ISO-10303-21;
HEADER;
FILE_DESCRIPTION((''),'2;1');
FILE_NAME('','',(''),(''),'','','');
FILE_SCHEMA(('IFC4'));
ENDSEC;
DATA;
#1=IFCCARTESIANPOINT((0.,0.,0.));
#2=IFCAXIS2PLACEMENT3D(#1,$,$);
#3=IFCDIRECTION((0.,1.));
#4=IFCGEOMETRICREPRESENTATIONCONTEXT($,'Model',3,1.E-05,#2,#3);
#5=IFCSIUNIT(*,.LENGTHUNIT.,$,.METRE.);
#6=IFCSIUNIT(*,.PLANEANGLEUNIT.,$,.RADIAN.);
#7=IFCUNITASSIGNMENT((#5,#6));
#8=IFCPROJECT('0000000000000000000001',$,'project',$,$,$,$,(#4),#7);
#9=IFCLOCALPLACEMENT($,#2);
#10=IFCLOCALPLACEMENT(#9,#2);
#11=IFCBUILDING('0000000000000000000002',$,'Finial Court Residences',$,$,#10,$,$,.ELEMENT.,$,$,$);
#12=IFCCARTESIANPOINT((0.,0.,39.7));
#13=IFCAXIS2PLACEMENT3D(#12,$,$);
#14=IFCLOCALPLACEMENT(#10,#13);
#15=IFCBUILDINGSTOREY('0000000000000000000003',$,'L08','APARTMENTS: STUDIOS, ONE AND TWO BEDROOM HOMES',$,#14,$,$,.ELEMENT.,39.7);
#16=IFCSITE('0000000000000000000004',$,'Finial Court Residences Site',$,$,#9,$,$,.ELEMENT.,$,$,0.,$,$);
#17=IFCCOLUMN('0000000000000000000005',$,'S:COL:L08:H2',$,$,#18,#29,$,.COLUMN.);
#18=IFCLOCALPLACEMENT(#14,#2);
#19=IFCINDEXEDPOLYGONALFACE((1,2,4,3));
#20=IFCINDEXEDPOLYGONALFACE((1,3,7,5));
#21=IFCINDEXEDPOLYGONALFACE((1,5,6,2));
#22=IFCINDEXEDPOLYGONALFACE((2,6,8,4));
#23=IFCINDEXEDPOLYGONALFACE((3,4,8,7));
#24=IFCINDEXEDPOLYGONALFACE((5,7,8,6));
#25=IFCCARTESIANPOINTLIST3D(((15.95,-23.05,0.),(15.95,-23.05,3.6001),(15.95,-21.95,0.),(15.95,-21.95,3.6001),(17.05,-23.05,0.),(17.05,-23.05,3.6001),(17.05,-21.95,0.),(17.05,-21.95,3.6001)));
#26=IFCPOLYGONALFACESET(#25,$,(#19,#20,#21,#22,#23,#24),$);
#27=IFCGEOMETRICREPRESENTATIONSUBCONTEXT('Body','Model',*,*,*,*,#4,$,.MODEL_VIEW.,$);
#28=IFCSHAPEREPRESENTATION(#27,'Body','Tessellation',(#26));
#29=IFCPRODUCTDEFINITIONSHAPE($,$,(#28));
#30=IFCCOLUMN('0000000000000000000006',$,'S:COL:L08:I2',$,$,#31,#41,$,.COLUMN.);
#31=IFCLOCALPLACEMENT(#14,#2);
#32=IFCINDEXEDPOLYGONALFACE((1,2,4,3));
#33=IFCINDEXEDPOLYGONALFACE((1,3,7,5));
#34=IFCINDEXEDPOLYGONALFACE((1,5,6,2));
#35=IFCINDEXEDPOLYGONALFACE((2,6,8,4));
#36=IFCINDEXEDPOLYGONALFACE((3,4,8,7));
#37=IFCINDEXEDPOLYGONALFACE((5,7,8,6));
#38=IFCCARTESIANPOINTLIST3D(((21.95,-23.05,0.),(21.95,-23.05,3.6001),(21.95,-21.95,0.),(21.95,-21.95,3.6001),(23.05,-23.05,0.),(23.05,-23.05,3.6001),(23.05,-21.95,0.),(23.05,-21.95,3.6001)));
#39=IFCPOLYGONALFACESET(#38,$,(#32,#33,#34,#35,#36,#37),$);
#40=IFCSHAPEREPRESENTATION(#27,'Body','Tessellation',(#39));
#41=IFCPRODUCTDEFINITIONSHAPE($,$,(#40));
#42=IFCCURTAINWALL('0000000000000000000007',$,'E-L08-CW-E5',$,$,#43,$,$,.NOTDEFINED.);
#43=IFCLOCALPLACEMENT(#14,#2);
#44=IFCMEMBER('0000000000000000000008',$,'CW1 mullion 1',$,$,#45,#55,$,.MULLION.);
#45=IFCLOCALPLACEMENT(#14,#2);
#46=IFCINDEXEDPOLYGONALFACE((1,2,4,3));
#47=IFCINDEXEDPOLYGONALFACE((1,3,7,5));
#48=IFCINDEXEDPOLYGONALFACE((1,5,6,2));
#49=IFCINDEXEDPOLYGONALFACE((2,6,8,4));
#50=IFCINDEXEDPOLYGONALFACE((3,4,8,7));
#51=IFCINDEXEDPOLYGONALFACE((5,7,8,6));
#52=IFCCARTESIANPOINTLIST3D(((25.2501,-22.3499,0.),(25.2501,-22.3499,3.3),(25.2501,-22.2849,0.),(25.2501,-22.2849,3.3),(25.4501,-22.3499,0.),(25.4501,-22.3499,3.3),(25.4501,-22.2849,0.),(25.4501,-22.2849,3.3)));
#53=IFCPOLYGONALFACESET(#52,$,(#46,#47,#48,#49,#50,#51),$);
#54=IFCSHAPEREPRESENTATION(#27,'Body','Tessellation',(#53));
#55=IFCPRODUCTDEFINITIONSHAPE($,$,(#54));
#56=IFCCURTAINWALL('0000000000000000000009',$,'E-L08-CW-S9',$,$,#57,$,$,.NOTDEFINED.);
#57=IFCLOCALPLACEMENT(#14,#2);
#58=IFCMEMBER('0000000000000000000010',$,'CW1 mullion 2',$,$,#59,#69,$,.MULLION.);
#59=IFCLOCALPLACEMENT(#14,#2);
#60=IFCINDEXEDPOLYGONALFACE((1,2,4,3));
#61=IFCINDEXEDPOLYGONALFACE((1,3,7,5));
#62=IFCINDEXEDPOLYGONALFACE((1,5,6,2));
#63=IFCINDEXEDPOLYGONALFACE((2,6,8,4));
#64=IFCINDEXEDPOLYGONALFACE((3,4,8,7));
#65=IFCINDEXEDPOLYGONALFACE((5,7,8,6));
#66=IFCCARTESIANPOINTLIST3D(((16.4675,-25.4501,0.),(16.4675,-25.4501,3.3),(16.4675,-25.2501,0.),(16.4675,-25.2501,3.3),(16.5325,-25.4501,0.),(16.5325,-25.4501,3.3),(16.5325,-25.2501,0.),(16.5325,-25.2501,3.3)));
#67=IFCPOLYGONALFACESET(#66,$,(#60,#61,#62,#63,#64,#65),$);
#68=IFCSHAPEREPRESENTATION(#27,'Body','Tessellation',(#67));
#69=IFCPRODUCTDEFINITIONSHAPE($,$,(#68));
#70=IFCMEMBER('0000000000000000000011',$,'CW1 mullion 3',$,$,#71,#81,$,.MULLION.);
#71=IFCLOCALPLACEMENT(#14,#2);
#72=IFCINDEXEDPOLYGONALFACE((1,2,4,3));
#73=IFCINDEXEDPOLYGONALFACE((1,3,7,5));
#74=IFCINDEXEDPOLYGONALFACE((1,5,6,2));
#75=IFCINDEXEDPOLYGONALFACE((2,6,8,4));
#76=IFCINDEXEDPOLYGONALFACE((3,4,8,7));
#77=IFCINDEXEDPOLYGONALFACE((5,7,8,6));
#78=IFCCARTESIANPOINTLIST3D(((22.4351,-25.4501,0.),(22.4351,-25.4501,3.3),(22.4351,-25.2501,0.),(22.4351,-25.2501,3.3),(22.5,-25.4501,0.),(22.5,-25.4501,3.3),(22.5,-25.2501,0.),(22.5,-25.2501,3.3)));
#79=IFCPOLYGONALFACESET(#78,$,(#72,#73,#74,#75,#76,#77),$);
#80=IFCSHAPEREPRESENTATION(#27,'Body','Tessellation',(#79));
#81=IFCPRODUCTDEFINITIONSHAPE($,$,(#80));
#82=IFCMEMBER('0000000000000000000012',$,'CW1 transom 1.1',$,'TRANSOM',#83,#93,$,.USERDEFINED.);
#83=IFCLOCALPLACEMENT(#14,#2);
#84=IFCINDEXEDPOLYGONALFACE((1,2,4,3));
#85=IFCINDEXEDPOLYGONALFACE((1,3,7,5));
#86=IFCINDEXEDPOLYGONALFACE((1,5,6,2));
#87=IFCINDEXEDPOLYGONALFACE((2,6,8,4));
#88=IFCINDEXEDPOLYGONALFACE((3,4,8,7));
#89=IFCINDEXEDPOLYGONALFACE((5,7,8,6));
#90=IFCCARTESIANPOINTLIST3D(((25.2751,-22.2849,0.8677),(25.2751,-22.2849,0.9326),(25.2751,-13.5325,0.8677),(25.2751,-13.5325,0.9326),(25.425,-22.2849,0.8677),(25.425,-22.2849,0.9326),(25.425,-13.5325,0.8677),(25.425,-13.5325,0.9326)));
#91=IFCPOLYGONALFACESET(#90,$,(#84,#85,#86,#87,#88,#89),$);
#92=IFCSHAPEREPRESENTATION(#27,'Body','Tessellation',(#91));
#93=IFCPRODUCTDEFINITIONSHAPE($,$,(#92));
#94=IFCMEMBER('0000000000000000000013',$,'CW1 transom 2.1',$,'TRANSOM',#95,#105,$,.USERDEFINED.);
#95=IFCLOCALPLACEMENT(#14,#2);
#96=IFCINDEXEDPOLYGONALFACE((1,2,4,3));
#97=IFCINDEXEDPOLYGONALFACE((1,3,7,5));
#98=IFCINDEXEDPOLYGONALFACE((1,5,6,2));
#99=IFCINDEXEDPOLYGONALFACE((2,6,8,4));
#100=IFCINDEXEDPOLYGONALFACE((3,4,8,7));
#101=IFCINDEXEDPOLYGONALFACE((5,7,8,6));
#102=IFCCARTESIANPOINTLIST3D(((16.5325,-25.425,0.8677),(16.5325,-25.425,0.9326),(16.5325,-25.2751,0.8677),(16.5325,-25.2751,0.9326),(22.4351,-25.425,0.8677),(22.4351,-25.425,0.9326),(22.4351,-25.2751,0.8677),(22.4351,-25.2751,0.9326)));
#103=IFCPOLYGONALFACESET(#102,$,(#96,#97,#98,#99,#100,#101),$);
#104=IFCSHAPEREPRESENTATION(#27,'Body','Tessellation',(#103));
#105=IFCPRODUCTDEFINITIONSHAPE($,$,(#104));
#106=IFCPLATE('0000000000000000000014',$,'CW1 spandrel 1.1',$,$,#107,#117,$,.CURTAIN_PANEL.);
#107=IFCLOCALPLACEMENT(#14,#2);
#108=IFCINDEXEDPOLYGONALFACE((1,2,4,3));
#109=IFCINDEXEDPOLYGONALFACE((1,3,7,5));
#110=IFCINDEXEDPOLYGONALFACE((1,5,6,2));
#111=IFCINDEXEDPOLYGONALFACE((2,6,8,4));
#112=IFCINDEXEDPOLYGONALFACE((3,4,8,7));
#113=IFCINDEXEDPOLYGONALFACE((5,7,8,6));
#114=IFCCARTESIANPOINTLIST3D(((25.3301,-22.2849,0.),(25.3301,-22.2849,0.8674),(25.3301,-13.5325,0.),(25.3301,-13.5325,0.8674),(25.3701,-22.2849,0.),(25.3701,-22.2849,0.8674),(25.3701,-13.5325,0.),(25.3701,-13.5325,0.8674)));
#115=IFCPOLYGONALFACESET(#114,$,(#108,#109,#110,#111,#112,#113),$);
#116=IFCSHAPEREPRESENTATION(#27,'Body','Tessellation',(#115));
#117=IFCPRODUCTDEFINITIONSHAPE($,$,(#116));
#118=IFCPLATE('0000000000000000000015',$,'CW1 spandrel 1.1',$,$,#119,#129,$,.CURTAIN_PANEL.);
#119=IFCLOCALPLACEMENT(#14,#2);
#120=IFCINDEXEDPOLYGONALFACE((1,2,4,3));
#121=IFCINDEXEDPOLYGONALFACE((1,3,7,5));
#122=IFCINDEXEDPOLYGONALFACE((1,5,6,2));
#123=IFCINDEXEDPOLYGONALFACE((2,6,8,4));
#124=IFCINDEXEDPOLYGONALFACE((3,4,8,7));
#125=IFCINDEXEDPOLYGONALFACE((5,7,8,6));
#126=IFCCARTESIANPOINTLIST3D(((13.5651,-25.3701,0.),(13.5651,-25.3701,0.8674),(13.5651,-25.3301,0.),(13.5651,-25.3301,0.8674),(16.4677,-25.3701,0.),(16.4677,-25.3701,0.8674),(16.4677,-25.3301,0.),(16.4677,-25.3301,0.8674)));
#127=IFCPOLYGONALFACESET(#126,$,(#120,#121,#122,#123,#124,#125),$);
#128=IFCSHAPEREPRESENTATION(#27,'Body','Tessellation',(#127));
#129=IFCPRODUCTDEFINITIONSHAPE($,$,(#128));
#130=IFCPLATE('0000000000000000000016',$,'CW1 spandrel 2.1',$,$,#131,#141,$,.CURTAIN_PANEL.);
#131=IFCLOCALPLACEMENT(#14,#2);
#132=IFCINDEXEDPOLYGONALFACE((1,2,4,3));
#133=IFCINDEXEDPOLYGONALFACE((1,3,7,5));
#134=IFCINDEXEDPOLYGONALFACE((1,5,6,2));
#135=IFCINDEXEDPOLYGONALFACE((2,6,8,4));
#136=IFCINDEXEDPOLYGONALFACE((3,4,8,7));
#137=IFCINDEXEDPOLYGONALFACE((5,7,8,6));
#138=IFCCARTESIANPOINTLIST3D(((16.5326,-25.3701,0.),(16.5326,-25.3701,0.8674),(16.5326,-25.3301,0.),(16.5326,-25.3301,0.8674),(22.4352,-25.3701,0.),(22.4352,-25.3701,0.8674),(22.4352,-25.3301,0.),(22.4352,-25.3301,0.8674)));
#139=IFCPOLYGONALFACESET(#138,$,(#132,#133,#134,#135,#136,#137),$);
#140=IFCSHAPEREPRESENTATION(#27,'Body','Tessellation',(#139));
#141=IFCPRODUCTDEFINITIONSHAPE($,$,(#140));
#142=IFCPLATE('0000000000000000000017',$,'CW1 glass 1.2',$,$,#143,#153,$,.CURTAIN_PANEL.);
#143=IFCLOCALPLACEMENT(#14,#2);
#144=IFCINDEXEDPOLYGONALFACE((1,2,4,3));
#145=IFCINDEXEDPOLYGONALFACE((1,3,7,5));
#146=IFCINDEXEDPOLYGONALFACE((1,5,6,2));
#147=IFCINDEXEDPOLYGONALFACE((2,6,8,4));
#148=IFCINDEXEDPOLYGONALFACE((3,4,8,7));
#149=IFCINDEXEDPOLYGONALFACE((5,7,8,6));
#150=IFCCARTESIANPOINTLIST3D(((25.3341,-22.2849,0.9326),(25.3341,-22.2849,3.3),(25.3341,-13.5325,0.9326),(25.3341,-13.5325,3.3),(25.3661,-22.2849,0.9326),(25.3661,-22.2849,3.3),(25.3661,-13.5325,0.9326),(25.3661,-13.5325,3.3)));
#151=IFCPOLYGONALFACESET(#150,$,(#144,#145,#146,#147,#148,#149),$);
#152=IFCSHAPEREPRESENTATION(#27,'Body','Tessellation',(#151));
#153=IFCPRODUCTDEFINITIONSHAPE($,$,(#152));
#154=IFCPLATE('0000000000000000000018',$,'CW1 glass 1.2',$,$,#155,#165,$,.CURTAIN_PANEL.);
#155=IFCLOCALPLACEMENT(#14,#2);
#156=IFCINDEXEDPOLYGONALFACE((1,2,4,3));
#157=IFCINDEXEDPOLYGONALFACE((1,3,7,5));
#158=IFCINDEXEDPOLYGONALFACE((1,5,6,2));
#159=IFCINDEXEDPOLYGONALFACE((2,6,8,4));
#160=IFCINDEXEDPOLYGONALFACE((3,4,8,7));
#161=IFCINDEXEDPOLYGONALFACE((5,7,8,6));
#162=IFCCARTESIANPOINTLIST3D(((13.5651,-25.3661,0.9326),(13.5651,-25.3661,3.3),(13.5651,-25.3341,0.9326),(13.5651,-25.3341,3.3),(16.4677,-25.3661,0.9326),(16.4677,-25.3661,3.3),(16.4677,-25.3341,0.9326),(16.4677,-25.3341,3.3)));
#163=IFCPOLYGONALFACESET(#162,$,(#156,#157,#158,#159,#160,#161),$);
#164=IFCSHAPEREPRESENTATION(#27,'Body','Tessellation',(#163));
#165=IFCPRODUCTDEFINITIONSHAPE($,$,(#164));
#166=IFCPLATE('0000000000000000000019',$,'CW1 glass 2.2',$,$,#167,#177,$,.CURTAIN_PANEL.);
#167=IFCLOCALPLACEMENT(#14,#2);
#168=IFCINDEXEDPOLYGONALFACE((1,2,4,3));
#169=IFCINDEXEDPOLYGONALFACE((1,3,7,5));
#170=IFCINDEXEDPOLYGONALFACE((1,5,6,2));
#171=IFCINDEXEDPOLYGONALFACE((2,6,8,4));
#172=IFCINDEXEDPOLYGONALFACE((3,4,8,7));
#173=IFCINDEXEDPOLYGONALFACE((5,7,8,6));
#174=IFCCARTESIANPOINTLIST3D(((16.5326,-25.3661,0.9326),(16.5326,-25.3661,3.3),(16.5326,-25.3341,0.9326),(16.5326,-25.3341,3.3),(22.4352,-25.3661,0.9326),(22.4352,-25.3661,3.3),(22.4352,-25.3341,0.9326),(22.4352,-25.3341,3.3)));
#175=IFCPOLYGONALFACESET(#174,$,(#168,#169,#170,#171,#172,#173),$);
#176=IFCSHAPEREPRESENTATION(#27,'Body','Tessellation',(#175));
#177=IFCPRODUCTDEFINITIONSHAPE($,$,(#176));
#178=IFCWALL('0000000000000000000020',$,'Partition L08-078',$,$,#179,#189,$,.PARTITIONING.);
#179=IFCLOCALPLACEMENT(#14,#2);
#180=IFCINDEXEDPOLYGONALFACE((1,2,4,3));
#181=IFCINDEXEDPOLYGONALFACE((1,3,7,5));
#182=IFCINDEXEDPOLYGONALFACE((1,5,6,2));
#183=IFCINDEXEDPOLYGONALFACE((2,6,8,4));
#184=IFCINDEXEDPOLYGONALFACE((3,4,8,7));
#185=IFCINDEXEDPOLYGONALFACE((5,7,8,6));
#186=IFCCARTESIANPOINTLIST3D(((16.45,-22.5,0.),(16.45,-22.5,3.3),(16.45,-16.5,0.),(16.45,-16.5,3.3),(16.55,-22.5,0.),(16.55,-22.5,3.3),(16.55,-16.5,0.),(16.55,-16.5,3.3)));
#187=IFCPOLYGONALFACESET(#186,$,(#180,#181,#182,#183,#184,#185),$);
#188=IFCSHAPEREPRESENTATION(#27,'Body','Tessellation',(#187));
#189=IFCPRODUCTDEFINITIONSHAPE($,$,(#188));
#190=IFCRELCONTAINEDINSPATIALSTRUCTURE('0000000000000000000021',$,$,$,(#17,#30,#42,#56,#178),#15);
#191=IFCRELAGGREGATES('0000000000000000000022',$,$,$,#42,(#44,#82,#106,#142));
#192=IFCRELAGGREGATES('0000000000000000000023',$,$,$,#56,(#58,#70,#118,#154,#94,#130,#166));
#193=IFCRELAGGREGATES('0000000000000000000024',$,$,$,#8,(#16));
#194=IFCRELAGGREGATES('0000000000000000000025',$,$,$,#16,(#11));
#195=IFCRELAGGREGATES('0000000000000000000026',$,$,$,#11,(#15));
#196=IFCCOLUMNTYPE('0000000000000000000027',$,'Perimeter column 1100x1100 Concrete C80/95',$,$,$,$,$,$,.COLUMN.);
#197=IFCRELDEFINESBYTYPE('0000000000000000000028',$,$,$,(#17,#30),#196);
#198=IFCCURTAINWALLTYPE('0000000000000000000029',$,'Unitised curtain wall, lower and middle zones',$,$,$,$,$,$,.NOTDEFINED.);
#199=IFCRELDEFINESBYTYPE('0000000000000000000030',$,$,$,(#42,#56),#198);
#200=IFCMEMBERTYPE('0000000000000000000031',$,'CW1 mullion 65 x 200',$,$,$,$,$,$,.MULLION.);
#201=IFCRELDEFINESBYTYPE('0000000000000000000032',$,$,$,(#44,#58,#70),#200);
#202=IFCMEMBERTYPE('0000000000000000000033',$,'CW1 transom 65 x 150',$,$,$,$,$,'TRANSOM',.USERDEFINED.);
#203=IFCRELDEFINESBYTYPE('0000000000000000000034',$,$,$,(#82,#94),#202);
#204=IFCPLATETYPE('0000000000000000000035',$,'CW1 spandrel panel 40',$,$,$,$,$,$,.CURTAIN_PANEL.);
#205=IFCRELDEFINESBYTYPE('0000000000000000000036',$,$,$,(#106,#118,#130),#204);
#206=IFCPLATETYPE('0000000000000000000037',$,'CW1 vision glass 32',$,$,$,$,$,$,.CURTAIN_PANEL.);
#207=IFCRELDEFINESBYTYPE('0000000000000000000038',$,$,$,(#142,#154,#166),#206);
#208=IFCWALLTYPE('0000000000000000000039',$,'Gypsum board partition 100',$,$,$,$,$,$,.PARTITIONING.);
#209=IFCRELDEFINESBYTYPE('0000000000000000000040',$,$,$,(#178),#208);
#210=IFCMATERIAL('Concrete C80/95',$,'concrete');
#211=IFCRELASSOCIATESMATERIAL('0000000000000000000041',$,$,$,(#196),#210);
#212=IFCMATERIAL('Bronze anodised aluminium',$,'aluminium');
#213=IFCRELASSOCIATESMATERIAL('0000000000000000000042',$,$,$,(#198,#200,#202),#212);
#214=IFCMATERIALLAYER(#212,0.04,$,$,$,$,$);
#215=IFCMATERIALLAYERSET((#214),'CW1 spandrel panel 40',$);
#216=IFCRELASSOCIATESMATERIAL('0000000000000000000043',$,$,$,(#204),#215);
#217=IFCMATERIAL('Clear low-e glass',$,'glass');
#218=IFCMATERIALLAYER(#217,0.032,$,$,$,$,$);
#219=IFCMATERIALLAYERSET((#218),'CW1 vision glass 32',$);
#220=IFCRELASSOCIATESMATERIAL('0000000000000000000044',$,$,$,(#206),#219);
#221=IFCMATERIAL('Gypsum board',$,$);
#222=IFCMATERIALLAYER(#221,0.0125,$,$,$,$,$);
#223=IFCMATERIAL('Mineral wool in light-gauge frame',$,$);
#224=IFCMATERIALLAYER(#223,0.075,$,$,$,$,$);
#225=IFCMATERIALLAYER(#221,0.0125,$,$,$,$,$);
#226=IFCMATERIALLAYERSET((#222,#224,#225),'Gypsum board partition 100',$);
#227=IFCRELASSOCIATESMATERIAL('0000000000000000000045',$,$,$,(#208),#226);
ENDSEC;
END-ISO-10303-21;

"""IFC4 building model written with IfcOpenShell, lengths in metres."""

from ifc_helpers import new_model, si_unit, direction, frame, frame_2d, origin, origin_2d, place, context, subcontext, project, spatial, rectangle, extrude, material, layer, layer_set, material_profile, profile_set, type_object, element, aggregate, save


model = new_model("IFC4")

# Units and contexts
model_context = context("Model", 3, precision=1e-05, world=origin(), true_north=direction((0.0, 1.0)))
body_context = subcontext(model_context, "Body", "Model", "MODEL_VIEW")
ifc_project = project(units=[si_unit("LENGTHUNIT", "METRE"), si_unit("PLANEANGLEUNIT", "RADIAN")], contexts=[model_context])

# Site, building, storey
site_placement = place(None, origin())
site = spatial("IfcSite", under=ifc_project, at=site_placement, Name="Finial Court Residences Site", CompositionType="ELEMENT", RefElevation=0.0)
building_placement = place(site_placement, origin())
building = spatial("IfcBuilding", under=site, at=building_placement, Name="Finial Court Residences", CompositionType="ELEMENT")
storey_placement = place(building_placement, frame((0.0, 0.0, 39.7)))
storey = spatial("IfcBuildingStorey", under=building, at=storey_placement, Name="L08", Description="APARTMENTS: STUDIOS, ONE AND TWO BEDROOM HOMES", CompositionType="ELEMENT", Elevation=39.7)

# Columns
ifc_material_1 = material(Name="Concrete C80/95", Category="concrete")
ifc_material_profile_1 = material_profile(ifc_material_1, rectangle(XDim=1.1001, YDim=1.1001, at=origin_2d()), Name="1100x1100")
ifc_profile_set_1 = profile_set([ifc_material_profile_1], Name="Concrete C80/95")
column_type = type_object("IfcColumnType", Name="Perimeter column 1100x1100 Concrete C80/95", PredefinedType="COLUMN", material=ifc_profile_set_1)
for number, where, z_axis, x_axis, name in (
    (1, (16.5, -22.5, 0.0), (0.0, 0.0, 1.0), (1.0, 0.0, 0.0), "S:COL:L08:H2"),
    (2, (22.5, -22.5, 0.0), (0.0, 0.0, 1.0), (1.0, 0.0, 0.0), "S:COL:L08:I2"),
):
    element("IfcColumn", number, at=place(storey_placement, frame(where, z_axis=z_axis, x_axis=x_axis)), inside=storey, type_object=column_type, Name=name, PredefinedType="COLUMN", context=body_context, shape_type="SweptSolid", body=[
        extrude(rectangle(XDim=1.1001, YDim=1.1001, at=origin_2d()), origin(), (0.0, 0.0, 1.0), 3.6001),
    ])

# Curtain wall, member
ifc_material_2 = material(Name="Bronze anodised aluminium", Category="aluminium")
curtain_wall_type = type_object("IfcCurtainWallType", Name="Unitised curtain wall, lower and middle zones", PredefinedType="NOTDEFINED", material=ifc_material_2)
curtain_wall_1_placement = place(storey_placement, origin())
curtain_wall_1 = element("IfcCurtainWall", 3, at=curtain_wall_1_placement, inside=storey, type_object=curtain_wall_type, Name="E-L08-CW-E5", PredefinedType="NOTDEFINED")
ifc_material_profile_2 = material_profile(ifc_material_2, rectangle(XDim=0.2, YDim=0.0649, at=origin_2d()), Name="CW1 mullion 65 x 200")
ifc_profile_set_2 = profile_set([ifc_material_profile_2], Name="Bronze anodised aluminium")
member_type_1 = type_object("IfcMemberType", Name="CW1 mullion 65 x 200", PredefinedType="MULLION", material=ifc_profile_set_2)
member_1_placement = place(storey_placement, frame((25.3501, -22.3174, 0.0), z_axis=(0.0, 0.0, 1.0), x_axis=(-1.0, 0.0, 0.0)))
member_1 = element("IfcMember", 4, at=member_1_placement, type_object=member_type_1, Name="CW1 mullion 1", PredefinedType="MULLION", context=body_context, shape_type="SweptSolid", body=[
    extrude(rectangle(XDim=0.2, YDim=0.0649, at=origin_2d()), origin(), (0.0, 0.0, 1.0), 3.3),
])

# Curtain wall, members
curtain_wall_2_placement = place(storey_placement, origin())
curtain_wall_2 = element("IfcCurtainWall", 5, at=curtain_wall_2_placement, inside=storey, type_object=curtain_wall_type, Name="E-L08-CW-S9", PredefinedType="NOTDEFINED")
member_2_placement = place(storey_placement, frame((16.5, -25.3501, 0.0), z_axis=(0.0, 0.0, 1.0), x_axis=(0.0, 1.0, 0.0)))
member_2 = element("IfcMember", 6, at=member_2_placement, type_object=member_type_1, Name="CW1 mullion 2", PredefinedType="MULLION", context=body_context, shape_type="SweptSolid", body=[
    extrude(rectangle(XDim=0.2, YDim=0.0649, at=origin_2d()), origin(), (0.0, 0.0, 1.0), 3.3),
])
member_3_placement = place(storey_placement, frame((22.4675, -25.3501, 0.0), z_axis=(0.0, 0.0, 1.0), x_axis=(0.0, 1.0, 0.0)))
member_3 = element("IfcMember", 7, at=member_3_placement, type_object=member_type_1, Name="CW1 mullion 3", PredefinedType="MULLION", context=body_context, shape_type="SweptSolid", body=[
    extrude(rectangle(XDim=0.2, YDim=0.0649, at=origin_2d()), origin(), (0.0, 0.0, 1.0), 3.3),
])

# Members
ifc_material_profile_3 = material_profile(ifc_material_2, rectangle(XDim=0.1499, YDim=0.0649, at=origin_2d()), Name="CW1 transom 65 x 150")
ifc_profile_set_3 = profile_set([ifc_material_profile_3], Name="Bronze anodised aluminium")
member_type_2 = type_object("IfcMemberType", Name="CW1 transom 65 x 150", ElementType="TRANSOM", PredefinedType="USERDEFINED", material=ifc_profile_set_3)
member_4_placement = place(storey_placement, frame((25.3501, -22.2849, 0.9001), z_axis=(0.0, 1.0, 0.0), x_axis=(-1.0, 0.0, 0.0)))
member_4 = element("IfcMember", 8, at=member_4_placement, type_object=member_type_2, Name="CW1 transom 1.1", ObjectType="TRANSOM", PredefinedType="USERDEFINED", context=body_context, shape_type="SweptSolid", body=[
    extrude(rectangle(XDim=0.1499, YDim=0.0649, at=origin_2d()), origin(), (0.0, 0.0, 1.0), 8.7524),
])
member_5_placement = place(storey_placement, frame((16.5325, -25.3501, 0.9001), z_axis=(1.0, 0.0, 0.0), x_axis=(0.0, 1.0, 0.0)))
member_5 = element("IfcMember", 9, at=member_5_placement, type_object=member_type_2, Name="CW1 transom 2.1", ObjectType="TRANSOM", PredefinedType="USERDEFINED", context=body_context, shape_type="SweptSolid", body=[
    extrude(rectangle(XDim=0.1499, YDim=0.0649, at=origin_2d()), origin(), (0.0, 0.0, 1.0), 5.9026),
])

# Plates
ifc_layer_1 = layer(ifc_material_2, 0.04)
ifc_layer_set_1 = layer_set([ifc_layer_1], Name="CW1 spandrel panel 40")
plate_type_1 = type_object("IfcPlateType", Name="CW1 spandrel panel 40", PredefinedType="CURTAIN_PANEL", material=ifc_layer_set_1)
plate_1_placement = place(storey_placement, frame((25.3501, -17.9087, 0.0), z_axis=(0.0, 0.0, 1.0), x_axis=(0.0, 1.0, 0.0)))
plate_1 = element("IfcPlate", 10, at=plate_1_placement, type_object=plate_type_1, Name="CW1 spandrel 1.1", PredefinedType="CURTAIN_PANEL", context=body_context, shape_type="SweptSolid", body=[
    extrude(rectangle(XDim=8.7524, YDim=0.04, at=origin_2d()), origin(), (0.0, 0.0, 1.0), 0.8674),
])
plate_2_placement = place(storey_placement, frame((15.0164, -25.3501, 0.0), z_axis=(0.0, 0.0, 1.0), x_axis=(1.0, 0.0, 0.0)))
plate_2 = element("IfcPlate", 11, at=plate_2_placement, type_object=plate_type_1, Name="CW1 spandrel 1.1", PredefinedType="CURTAIN_PANEL", context=body_context, shape_type="SweptSolid", body=[
    extrude(rectangle(XDim=2.9026, YDim=0.04, at=origin_2d()), origin(), (0.0, 0.0, 1.0), 0.8674),
])
plate_3_placement = place(storey_placement, frame((19.4839, -25.3501, 0.0), z_axis=(0.0, 0.0, 1.0), x_axis=(1.0, 0.0, 0.0)))
plate_3 = element("IfcPlate", 12, at=plate_3_placement, type_object=plate_type_1, Name="CW1 spandrel 2.1", PredefinedType="CURTAIN_PANEL", context=body_context, shape_type="SweptSolid", body=[
    extrude(rectangle(XDim=5.9026, YDim=0.04, at=origin_2d()), origin(), (0.0, 0.0, 1.0), 0.8674),
])
ifc_material_3 = material(Name="Clear low-e glass", Category="glass")
ifc_layer_2 = layer(ifc_material_3, 0.032)
ifc_layer_set_2 = layer_set([ifc_layer_2], Name="CW1 vision glass 32")
plate_type_2 = type_object("IfcPlateType", Name="CW1 vision glass 32", PredefinedType="CURTAIN_PANEL", material=ifc_layer_set_2)
plate_4_placement = place(storey_placement, frame((25.3501, -17.9087, 0.9326), z_axis=(0.0, 0.0, 1.0), x_axis=(0.0, 1.0, 0.0)))
plate_4 = element("IfcPlate", 13, at=plate_4_placement, type_object=plate_type_2, Name="CW1 glass 1.2", PredefinedType="CURTAIN_PANEL", context=body_context, shape_type="SweptSolid", body=[
    extrude(rectangle(XDim=8.7524, YDim=0.032, at=origin_2d()), origin(), (0.0, 0.0, 1.0), 2.3674),
])
aggregate(curtain_wall_1, [member_1, member_4, plate_1, plate_4])
plate_5_placement = place(storey_placement, frame((15.0164, -25.3501, 0.9326), z_axis=(0.0, 0.0, 1.0), x_axis=(1.0, 0.0, 0.0)))
plate_5 = element("IfcPlate", 14, at=plate_5_placement, type_object=plate_type_2, Name="CW1 glass 1.2", PredefinedType="CURTAIN_PANEL", context=body_context, shape_type="SweptSolid", body=[
    extrude(rectangle(XDim=2.9026, YDim=0.032, at=origin_2d()), origin(), (0.0, 0.0, 1.0), 2.3674),
])
plate_6_placement = place(storey_placement, frame((19.4839, -25.3501, 0.9326), z_axis=(0.0, 0.0, 1.0), x_axis=(1.0, 0.0, 0.0)))
plate_6 = element("IfcPlate", 15, at=plate_6_placement, type_object=plate_type_2, Name="CW1 glass 2.2", PredefinedType="CURTAIN_PANEL", context=body_context, shape_type="SweptSolid", body=[
    extrude(rectangle(XDim=5.9026, YDim=0.032, at=origin_2d()), origin(), (0.0, 0.0, 1.0), 2.3674),
])
aggregate(curtain_wall_2, [member_2, member_3, plate_2, plate_5, member_5, plate_3, plate_6])

# Wall
ifc_material_4 = material(Name="Gypsum board")
ifc_layer_3 = layer(ifc_material_4, 0.0125)
ifc_material_5 = material(Name="Mineral wool in light-gauge frame")
ifc_layer_4 = layer(ifc_material_5, 0.075)
ifc_layer_5 = layer(ifc_material_4, 0.0125)
ifc_layer_set_3 = layer_set([ifc_layer_3, ifc_layer_4, ifc_layer_5], Name="Gypsum board partition 100")
wall_type_1 = type_object("IfcWallType", Name="Gypsum board partition 100", PredefinedType="PARTITIONING", material=ifc_layer_set_3)
wall_1_placement = place(storey_placement, frame((16.5, -22.5, 0.0), z_axis=(0.0, 0.0, 1.0), x_axis=(0.0, 1.0, 0.0)))
element("IfcWall", 16, at=wall_1_placement, inside=storey, type_object=wall_type_1, Name="Partition L08-078", PredefinedType="PARTITIONING", context=body_context, shape_type="SweptSolid", body=[
    extrude(rectangle(XDim=6.0, YDim=0.1001, at=frame_2d((3.0, 0.0))), origin(), (0.0, 0.0, 1.0), 3.3),
])

save(model, "model.ifc")
